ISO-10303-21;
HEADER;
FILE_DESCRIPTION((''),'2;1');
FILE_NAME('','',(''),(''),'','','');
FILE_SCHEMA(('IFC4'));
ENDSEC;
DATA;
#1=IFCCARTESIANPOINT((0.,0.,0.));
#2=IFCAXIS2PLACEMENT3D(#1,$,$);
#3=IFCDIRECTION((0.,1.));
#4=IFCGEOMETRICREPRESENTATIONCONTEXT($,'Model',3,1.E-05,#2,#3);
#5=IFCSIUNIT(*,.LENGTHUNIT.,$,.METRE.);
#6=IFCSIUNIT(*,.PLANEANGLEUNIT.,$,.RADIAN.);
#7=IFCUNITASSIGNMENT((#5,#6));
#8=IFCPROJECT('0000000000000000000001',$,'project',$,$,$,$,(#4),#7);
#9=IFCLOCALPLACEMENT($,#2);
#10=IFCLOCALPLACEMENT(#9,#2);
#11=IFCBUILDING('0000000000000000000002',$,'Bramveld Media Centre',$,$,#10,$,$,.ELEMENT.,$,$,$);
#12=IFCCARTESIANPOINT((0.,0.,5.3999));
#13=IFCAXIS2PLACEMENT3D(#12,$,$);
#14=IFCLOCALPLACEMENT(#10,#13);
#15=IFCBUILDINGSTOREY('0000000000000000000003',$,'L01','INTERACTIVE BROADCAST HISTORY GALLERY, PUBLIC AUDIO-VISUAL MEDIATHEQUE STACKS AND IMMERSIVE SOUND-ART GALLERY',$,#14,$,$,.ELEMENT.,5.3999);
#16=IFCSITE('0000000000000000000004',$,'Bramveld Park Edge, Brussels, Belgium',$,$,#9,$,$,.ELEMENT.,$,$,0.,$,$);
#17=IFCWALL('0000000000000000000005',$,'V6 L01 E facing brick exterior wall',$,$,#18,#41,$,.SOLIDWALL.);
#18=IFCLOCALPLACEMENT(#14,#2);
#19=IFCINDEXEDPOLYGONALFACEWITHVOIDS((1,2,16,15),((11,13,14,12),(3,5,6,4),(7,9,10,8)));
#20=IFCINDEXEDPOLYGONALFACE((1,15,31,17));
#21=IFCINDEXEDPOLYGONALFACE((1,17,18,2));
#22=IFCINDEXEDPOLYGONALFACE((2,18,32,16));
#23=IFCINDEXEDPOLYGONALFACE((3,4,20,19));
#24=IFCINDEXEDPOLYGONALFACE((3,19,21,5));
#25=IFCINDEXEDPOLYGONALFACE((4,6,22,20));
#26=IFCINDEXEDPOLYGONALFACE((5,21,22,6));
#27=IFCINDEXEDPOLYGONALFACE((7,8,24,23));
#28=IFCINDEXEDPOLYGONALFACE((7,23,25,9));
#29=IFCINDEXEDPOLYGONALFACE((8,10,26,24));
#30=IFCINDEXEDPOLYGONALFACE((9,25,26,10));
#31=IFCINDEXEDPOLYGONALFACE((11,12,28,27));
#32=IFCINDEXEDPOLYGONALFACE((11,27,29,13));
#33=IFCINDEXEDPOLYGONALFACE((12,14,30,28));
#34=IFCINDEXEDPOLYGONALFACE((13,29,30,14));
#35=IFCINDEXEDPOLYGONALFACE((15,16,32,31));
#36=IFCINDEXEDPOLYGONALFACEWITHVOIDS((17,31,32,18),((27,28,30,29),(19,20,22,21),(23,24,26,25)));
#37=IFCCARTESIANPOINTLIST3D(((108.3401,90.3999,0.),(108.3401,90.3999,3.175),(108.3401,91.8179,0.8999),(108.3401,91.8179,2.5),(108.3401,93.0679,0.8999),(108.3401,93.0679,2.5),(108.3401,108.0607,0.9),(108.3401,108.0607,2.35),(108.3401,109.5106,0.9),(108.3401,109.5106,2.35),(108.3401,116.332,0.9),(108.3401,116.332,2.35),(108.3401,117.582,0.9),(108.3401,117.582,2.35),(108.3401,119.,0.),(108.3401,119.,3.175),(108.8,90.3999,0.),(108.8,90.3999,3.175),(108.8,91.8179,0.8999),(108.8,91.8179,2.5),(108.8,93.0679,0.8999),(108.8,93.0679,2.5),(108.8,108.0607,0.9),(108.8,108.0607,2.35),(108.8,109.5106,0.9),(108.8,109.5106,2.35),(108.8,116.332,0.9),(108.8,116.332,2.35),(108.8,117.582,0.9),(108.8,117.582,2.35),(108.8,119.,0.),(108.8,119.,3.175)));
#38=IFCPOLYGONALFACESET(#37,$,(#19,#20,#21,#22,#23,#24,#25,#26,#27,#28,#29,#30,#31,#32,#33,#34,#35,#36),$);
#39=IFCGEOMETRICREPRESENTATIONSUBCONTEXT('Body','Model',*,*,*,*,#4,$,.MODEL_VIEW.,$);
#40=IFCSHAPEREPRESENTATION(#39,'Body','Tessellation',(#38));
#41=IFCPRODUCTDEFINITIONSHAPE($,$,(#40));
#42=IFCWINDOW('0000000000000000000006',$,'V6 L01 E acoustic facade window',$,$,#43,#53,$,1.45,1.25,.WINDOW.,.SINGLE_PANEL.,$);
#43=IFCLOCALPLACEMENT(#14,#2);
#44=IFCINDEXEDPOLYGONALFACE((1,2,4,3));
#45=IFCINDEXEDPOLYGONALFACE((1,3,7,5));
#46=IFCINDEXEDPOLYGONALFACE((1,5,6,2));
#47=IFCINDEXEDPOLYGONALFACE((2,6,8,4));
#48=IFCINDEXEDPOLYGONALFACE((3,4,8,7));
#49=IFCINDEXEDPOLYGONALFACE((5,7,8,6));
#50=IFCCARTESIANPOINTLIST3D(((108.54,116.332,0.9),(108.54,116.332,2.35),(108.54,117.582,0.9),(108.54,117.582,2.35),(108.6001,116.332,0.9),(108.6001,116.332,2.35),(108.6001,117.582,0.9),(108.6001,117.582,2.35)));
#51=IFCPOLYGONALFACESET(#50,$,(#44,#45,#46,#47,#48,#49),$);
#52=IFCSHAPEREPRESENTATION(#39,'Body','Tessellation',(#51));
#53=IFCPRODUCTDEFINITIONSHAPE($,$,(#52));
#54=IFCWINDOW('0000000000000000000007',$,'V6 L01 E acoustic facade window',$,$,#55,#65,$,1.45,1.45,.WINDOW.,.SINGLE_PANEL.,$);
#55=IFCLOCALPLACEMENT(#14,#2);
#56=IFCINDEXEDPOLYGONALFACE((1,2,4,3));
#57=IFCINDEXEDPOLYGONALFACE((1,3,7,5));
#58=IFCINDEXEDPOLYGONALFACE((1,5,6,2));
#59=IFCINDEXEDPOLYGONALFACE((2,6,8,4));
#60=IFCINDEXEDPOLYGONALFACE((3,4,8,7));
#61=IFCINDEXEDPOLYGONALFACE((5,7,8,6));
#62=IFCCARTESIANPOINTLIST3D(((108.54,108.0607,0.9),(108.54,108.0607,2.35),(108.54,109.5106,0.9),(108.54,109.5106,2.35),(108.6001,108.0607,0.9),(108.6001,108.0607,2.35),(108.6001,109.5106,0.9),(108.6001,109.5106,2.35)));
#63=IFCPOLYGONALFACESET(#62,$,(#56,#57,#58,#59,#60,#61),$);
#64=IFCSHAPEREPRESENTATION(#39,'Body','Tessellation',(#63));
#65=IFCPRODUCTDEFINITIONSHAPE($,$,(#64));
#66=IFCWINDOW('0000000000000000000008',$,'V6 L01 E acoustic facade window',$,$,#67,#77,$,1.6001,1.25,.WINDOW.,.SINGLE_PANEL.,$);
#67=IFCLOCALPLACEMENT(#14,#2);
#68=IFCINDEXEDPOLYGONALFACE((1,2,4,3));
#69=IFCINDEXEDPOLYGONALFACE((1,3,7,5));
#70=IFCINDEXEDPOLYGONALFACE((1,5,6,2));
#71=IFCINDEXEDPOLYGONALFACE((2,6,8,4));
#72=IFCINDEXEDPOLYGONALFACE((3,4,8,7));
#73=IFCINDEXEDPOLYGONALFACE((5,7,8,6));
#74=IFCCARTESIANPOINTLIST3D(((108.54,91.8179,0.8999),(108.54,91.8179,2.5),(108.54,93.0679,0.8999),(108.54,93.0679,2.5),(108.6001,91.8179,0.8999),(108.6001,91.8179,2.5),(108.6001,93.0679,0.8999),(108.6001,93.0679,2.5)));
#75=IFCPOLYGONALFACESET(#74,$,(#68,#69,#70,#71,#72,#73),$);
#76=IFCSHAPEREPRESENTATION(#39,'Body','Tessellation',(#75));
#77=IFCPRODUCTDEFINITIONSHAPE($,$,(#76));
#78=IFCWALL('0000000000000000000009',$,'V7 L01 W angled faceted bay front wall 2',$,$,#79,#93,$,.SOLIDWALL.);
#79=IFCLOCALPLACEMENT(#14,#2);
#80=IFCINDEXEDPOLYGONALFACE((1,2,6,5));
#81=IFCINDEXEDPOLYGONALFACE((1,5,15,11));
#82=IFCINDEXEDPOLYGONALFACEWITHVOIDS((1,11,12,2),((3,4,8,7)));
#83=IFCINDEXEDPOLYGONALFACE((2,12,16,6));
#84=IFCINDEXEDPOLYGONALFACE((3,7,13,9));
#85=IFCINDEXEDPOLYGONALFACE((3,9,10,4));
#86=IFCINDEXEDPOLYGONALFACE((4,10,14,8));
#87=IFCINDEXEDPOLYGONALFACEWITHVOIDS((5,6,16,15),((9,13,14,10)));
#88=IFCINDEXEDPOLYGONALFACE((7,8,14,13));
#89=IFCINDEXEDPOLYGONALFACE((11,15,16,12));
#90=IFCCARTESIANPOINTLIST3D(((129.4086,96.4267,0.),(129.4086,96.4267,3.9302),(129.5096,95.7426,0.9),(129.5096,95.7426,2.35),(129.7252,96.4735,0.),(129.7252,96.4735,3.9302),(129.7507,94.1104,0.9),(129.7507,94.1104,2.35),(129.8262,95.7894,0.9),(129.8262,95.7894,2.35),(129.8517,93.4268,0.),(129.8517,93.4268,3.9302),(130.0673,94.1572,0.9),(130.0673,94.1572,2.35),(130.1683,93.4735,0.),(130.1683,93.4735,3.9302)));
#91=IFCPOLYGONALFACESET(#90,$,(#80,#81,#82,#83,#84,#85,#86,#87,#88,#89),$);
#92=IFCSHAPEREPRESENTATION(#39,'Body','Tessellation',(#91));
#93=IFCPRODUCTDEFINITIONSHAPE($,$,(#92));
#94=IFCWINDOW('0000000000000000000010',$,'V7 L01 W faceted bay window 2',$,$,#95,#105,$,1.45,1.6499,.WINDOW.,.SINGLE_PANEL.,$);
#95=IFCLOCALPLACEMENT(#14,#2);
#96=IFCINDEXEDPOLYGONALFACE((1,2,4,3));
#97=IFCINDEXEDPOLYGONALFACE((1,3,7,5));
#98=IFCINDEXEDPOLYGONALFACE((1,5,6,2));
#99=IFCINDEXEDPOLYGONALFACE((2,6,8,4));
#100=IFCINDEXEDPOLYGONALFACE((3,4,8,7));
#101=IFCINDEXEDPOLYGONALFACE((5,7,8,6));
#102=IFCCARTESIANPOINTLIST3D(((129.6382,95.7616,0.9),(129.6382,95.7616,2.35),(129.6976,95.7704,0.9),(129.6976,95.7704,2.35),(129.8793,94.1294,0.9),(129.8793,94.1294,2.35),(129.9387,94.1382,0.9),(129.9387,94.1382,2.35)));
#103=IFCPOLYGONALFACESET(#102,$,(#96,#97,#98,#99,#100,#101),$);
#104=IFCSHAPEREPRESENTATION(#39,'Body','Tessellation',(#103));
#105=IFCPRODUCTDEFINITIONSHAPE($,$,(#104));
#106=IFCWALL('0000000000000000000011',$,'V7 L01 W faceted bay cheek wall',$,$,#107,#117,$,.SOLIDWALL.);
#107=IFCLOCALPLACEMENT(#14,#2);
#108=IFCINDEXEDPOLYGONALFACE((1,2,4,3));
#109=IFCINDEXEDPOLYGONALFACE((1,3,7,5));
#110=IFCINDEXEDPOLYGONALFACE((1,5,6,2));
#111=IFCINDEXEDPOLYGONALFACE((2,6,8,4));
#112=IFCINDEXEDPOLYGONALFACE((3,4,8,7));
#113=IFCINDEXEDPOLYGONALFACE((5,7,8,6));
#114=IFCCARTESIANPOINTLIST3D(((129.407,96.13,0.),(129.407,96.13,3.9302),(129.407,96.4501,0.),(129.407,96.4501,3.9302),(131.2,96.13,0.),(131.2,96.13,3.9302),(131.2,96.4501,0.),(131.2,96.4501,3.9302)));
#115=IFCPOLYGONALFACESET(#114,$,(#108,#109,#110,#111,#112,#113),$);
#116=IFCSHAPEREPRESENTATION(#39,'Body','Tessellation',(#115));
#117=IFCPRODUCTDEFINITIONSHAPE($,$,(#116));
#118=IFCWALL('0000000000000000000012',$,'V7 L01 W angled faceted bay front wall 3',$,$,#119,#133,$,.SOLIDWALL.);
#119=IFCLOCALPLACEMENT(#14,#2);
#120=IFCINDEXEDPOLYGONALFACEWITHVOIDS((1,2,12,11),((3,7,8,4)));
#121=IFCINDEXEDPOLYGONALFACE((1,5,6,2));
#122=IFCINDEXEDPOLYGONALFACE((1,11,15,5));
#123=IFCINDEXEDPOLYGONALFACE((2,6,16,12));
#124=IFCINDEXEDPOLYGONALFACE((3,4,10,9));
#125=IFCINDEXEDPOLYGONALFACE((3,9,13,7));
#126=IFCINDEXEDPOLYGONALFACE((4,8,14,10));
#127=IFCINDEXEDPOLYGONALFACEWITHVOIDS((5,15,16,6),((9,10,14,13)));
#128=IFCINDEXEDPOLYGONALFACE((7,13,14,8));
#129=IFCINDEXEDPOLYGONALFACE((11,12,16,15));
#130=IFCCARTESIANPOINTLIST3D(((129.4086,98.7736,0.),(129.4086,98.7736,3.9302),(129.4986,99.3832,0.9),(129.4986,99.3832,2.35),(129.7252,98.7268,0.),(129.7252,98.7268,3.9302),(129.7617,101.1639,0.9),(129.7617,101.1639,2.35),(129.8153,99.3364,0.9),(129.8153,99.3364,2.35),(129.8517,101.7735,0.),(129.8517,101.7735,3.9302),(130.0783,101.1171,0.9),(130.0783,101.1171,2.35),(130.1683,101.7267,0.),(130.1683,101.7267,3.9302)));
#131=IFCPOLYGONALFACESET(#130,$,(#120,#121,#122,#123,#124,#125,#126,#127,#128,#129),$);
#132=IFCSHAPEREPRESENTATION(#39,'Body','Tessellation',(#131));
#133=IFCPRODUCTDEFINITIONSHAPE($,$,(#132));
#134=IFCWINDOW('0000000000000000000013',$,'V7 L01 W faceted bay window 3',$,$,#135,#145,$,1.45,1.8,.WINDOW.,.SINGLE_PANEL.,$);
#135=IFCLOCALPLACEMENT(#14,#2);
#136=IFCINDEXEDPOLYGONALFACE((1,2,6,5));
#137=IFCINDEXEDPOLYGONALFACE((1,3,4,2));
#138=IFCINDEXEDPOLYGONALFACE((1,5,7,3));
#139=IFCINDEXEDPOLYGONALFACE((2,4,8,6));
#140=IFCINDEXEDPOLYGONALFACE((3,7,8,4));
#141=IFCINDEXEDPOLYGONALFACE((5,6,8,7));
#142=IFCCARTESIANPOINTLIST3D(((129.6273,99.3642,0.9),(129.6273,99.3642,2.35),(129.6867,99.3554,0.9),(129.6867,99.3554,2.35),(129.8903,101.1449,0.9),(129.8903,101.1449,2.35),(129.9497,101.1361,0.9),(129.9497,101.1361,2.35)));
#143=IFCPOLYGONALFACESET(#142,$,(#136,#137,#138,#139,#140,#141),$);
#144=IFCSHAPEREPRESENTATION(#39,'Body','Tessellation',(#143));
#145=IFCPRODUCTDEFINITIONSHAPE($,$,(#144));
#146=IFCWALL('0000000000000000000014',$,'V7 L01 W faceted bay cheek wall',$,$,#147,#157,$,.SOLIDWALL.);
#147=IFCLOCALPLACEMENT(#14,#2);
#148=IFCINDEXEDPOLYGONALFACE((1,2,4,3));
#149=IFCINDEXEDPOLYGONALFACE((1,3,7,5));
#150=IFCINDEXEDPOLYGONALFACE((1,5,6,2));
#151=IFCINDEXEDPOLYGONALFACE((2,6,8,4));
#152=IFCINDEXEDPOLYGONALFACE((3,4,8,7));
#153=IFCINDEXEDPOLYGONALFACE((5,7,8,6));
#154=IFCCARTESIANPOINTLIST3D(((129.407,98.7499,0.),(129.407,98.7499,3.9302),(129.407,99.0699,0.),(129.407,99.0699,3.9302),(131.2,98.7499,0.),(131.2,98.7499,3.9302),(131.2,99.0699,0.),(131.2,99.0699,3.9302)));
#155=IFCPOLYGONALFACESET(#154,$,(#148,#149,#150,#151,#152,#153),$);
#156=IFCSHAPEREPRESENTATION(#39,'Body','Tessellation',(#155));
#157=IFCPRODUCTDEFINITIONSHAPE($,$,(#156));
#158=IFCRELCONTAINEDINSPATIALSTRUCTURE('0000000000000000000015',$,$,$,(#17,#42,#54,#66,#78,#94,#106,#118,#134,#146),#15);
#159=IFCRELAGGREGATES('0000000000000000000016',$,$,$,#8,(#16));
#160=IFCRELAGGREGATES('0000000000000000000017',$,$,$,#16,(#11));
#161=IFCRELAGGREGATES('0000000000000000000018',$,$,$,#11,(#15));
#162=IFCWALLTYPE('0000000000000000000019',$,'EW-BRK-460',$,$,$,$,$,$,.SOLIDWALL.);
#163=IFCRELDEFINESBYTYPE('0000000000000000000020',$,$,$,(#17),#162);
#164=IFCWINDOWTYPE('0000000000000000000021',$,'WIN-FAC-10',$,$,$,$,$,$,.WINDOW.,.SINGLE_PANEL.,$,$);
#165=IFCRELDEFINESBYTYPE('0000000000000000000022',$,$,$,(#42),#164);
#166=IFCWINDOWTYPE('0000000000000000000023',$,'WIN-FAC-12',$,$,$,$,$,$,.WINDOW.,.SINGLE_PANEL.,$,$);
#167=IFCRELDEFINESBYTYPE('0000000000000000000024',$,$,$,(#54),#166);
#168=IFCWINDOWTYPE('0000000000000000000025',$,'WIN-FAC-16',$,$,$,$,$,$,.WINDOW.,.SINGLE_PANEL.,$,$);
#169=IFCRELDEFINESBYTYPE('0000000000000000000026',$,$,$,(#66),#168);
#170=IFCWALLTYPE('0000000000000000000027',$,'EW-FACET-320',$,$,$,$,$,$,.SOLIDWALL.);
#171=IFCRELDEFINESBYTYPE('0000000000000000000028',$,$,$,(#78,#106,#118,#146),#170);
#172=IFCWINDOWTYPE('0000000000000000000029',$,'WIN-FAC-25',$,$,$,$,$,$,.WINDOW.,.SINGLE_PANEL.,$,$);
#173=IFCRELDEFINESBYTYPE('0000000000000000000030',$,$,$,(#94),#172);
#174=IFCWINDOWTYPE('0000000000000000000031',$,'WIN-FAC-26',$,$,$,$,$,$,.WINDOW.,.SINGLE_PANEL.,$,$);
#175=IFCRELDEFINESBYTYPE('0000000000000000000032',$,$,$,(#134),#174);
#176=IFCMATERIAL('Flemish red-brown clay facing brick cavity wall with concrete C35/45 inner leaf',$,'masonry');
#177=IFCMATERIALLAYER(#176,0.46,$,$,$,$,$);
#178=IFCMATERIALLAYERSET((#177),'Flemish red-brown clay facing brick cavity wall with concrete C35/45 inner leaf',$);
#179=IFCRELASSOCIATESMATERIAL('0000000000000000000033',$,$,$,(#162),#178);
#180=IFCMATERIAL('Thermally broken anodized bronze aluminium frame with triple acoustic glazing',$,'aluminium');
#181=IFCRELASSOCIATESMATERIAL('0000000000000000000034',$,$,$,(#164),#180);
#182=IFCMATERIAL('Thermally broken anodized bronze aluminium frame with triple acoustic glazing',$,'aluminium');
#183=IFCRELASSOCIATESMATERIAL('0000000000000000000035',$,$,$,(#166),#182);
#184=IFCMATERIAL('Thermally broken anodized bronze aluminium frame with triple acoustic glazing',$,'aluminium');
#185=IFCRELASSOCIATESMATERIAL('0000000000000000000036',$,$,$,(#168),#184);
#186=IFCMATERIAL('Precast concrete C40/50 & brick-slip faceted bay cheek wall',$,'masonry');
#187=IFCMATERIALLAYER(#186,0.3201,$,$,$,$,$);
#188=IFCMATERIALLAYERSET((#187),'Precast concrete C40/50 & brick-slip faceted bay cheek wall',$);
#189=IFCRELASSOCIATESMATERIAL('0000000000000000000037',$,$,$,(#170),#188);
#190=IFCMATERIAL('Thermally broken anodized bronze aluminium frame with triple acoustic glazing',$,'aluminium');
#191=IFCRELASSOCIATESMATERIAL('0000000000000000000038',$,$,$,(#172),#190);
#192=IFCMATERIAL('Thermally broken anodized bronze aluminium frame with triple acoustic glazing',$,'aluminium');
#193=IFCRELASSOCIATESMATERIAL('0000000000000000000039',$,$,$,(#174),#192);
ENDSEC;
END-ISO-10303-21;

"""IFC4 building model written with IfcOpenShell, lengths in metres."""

from ifc_helpers import new_model, si_unit, direction, frame, frame_2d, origin, place, context, subcontext, project, spatial, rectangle, extrude, material, layer, layer_set, type_object, element, fill, save


model = new_model("IFC4")

# Units and contexts
model_context = context("Model", 3, precision=1e-05, world=origin(), true_north=direction((0.0, 1.0)))
body_context = subcontext(model_context, "Body", "Model", "MODEL_VIEW")
ifc_project = project(units=[si_unit("LENGTHUNIT", "METRE"), si_unit("PLANEANGLEUNIT", "RADIAN")], contexts=[model_context])

# Site, building, storey
site_placement = place(None, origin())
site = spatial("IfcSite", under=ifc_project, at=site_placement, Name="Bramveld Park Edge, Brussels, Belgium", CompositionType="ELEMENT", RefElevation=0.0)
building_placement = place(site_placement, origin())
building = spatial("IfcBuilding", under=site, at=building_placement, Name="Bramveld Media Centre", CompositionType="ELEMENT")
storey_placement = place(building_placement, frame((0.0, 0.0, 5.3999)))
storey = spatial("IfcBuildingStorey", under=building, at=storey_placement, Name="L01", Description="INTERACTIVE BROADCAST HISTORY GALLERY, PUBLIC AUDIO-VISUAL MEDIATHEQUE STACKS AND IMMERSIVE SOUND-ART GALLERY", CompositionType="ELEMENT", Elevation=5.3999)

# Wall, openings, windows
ifc_material_1 = material(Name="Flemish red-brown clay facing brick cavity wall with concrete C35/45 inner leaf", Category="masonry")
ifc_layer_1 = layer(ifc_material_1, 0.46)
ifc_layer_set_1 = layer_set([ifc_layer_1], Name="Flemish red-brown clay facing brick cavity wall with concrete C35/45 inner leaf")
wall_type_1 = type_object("IfcWallType", Name="EW-BRK-460", PredefinedType="SOLIDWALL", material=ifc_layer_set_1)
wall_1_placement = place(storey_placement, frame((108.5701, 119.0, 0.0), z_axis=(0.0, 0.0, 1.0), x_axis=(0.0, -1.0, 0.0)))
wall_1 = element("IfcWall", 1, at=wall_1_placement, inside=storey, type_object=wall_type_1, Name="V6 L01 E facing brick exterior wall", PredefinedType="SOLIDWALL", context=body_context, shape_type="SweptSolid", body=[
    extrude(rectangle(XDim=28.6001, YDim=0.46, at=frame_2d((14.3, 0.0))), origin(), (0.0, 0.0, 1.0), 3.175),
])
opening_1_placement = place(wall_1_placement, frame((1.418, 0.0, 0.8999)))
opening_1 = element("IfcOpeningElement", 2, at=opening_1_placement, cuts=wall_1, PredefinedType="OPENING", context=body_context, shape_type="SweptSolid", body=[
    extrude(rectangle(XDim=1.25, YDim=1.45, at=frame_2d((0.625, 0.7251))), frame((0.0, 0.2419, 0.0), z_axis=(0.0, -1.0, 0.0), x_axis=(1.0, 0.0, 0.0)), (0.0, 0.0, 1.0), 0.4839),
])
opening_2_placement = place(wall_1_placement, frame((9.4893, 0.0, 0.8999)))
opening_2 = element("IfcOpeningElement", 3, at=opening_2_placement, cuts=wall_1, PredefinedType="OPENING", context=body_context, shape_type="SweptSolid", body=[
    extrude(rectangle(XDim=1.45, YDim=1.45, at=frame_2d((0.7251, 0.7251))), frame((0.0, 0.2419, 0.0), z_axis=(0.0, -1.0, 0.0), x_axis=(1.0, 0.0, 0.0)), (0.0, 0.0, 1.0), 0.4839),
])
opening_3_placement = place(wall_1_placement, frame((25.9321, 0.0, 0.8999)))
opening_3 = element("IfcOpeningElement", 4, at=opening_3_placement, cuts=wall_1, PredefinedType="OPENING", context=body_context, shape_type="SweptSolid", body=[
    extrude(rectangle(XDim=1.25, YDim=1.6001, at=frame_2d((0.625, 0.8))), frame((0.0, 0.2419, 0.0), z_axis=(0.0, -1.0, 0.0), x_axis=(1.0, 0.0, 0.0)), (0.0, 0.0, 1.0), 0.4839),
])
ifc_material_2 = material(Name="Thermally broken anodized bronze aluminium frame with triple acoustic glazing", Category="aluminium")
window_type_1 = type_object("IfcWindowType", Name="WIN-FAC-10", PartitioningType="SINGLE_PANEL", PredefinedType="WINDOW", material=ifc_material_2)
window_1_placement = place(opening_1_placement, origin())
window_1 = element("IfcWindow", 5, at=window_1_placement, inside=storey, type_object=window_type_1, Name="V6 L01 E acoustic facade window", OverallHeight=1.45, OverallWidth=1.25, PartitioningType="SINGLE_PANEL", PredefinedType="WINDOW", context=body_context, shape_type="SweptSolid", body=[
    extrude(rectangle(XDim=1.25, YDim=1.45, at=frame_2d((0.625, 0.7251))), frame((0.0, 0.03, 0.0), z_axis=(0.0, -1.0, 0.0), x_axis=(1.0, 0.0, 0.0)), (0.0, 0.0, 1.0), 0.0601),
])
fill(opening_1, window_1)
ifc_material_3 = material(Name="Thermally broken anodized bronze aluminium frame with triple acoustic glazing", Category="aluminium")
window_type_2 = type_object("IfcWindowType", Name="WIN-FAC-12", PartitioningType="SINGLE_PANEL", PredefinedType="WINDOW", material=ifc_material_3)
window_2_placement = place(opening_2_placement, origin())
window_2 = element("IfcWindow", 6, at=window_2_placement, inside=storey, type_object=window_type_2, Name="V6 L01 E acoustic facade window", OverallHeight=1.45, OverallWidth=1.45, PartitioningType="SINGLE_PANEL", PredefinedType="WINDOW", context=body_context, shape_type="SweptSolid", body=[
    extrude(rectangle(XDim=1.45, YDim=1.45, at=frame_2d((0.7251, 0.7251))), frame((0.0, 0.03, 0.0), z_axis=(0.0, -1.0, 0.0), x_axis=(1.0, 0.0, 0.0)), (0.0, 0.0, 1.0), 0.0601),
])
fill(opening_2, window_2)
ifc_material_4 = material(Name="Thermally broken anodized bronze aluminium frame with triple acoustic glazing", Category="aluminium")
window_type_3 = type_object("IfcWindowType", Name="WIN-FAC-16", PartitioningType="SINGLE_PANEL", PredefinedType="WINDOW", material=ifc_material_4)
window_3_placement = place(opening_3_placement, origin())
window_3 = element("IfcWindow", 7, at=window_3_placement, inside=storey, type_object=window_type_3, Name="V6 L01 E acoustic facade window", OverallHeight=1.6001, OverallWidth=1.25, PartitioningType="SINGLE_PANEL", PredefinedType="WINDOW", context=body_context, shape_type="SweptSolid", body=[
    extrude(rectangle(XDim=1.25, YDim=1.6001, at=frame_2d((0.625, 0.8))), frame((0.0, 0.03, 0.0), z_axis=(0.0, -1.0, 0.0), x_axis=(1.0, 0.0, 0.0)), (0.0, 0.0, 1.0), 0.0601),
])
fill(opening_3, window_3)

# Wall, opening, window
ifc_material_5 = material(Name="Precast concrete C40/50 & brick-slip faceted bay cheek wall", Category="masonry")
ifc_layer_2 = layer(ifc_material_5, 0.3201)
ifc_layer_set_2 = layer_set([ifc_layer_2], Name="Precast concrete C40/50 & brick-slip faceted bay cheek wall")
wall_type_2 = type_object("IfcWallType", Name="EW-FACET-320", PredefinedType="SOLIDWALL", material=ifc_layer_set_2)
wall_2_placement = place(storey_placement, frame((129.5669, 96.45, 0.0), z_axis=(0.0, 0.0, 1.0), x_axis=(0.14612, -0.989267, 0.0)))
wall_2 = element("IfcWall", 8, at=wall_2_placement, inside=storey, type_object=wall_type_2, Name="V7 L01 W angled faceted bay front wall 2", PredefinedType="SOLIDWALL", context=body_context, shape_type="SweptSolid", body=[
    extrude(rectangle(XDim=3.0325, YDim=0.3201, at=frame_2d((1.5161, 0.0))), origin(), (0.0, 0.0, 1.0), 3.9302),
])
opening_4_placement = place(wall_2_placement, frame((0.6914, 0.0, 0.8999)))
opening_4 = element("IfcOpeningElement", 9, at=opening_4_placement, cuts=wall_2, PredefinedType="OPENING", context=body_context, shape_type="SweptSolid", body=[
    extrude(rectangle(XDim=1.6499, YDim=1.45, at=frame_2d((0.825, 0.7251))), frame((0.0, 0.1719, 0.0), z_axis=(0.0, -1.0, 0.0), x_axis=(1.0, 0.0, 0.0)), (0.0, 0.0, 1.0), 0.344),
])
ifc_material_6 = material(Name="Thermally broken anodized bronze aluminium frame with triple acoustic glazing", Category="aluminium")
window_type_4 = type_object("IfcWindowType", Name="WIN-FAC-25", PartitioningType="SINGLE_PANEL", PredefinedType="WINDOW", material=ifc_material_6)
window_4_placement = place(opening_4_placement, origin())
window_4 = element("IfcWindow", 10, at=window_4_placement, inside=storey, type_object=window_type_4, Name="V7 L01 W faceted bay window 2", OverallHeight=1.45, OverallWidth=1.6499, PartitioningType="SINGLE_PANEL", PredefinedType="WINDOW", context=body_context, shape_type="SweptSolid", body=[
    extrude(rectangle(XDim=1.6499, YDim=1.45, at=frame_2d((0.825, 0.7251))), frame((0.0, 0.03, 0.0), z_axis=(0.0, -1.0, 0.0), x_axis=(1.0, 0.0, 0.0)), (0.0, 0.0, 1.0), 0.0601),
])
fill(opening_4, window_4)

# Wall
wall_3_placement = place(storey_placement, frame((131.2, 96.29, 0.0), z_axis=(0.0, 0.0, 1.0), x_axis=(-1.0, 0.0, 0.0)))
element("IfcWall", 11, at=wall_3_placement, inside=storey, type_object=wall_type_2, Name="V7 L01 W faceted bay cheek wall", PredefinedType="SOLIDWALL", context=body_context, shape_type="SweptSolid", body=[
    extrude(rectangle(XDim=1.793, YDim=0.3201, at=frame_2d((0.8965, 0.0))), origin(), (0.0, 0.0, 1.0), 3.9302),
])

# Wall, opening, window
wall_4_placement = place(storey_placement, frame((130.01, 101.75, 0.0), z_axis=(0.0, 0.0, 1.0), x_axis=(-0.14612, -0.989267, 0.0)))
wall_4 = element("IfcWall", 12, at=wall_4_placement, inside=storey, type_object=wall_type_2, Name="V7 L01 W angled faceted bay front wall 3", PredefinedType="SOLIDWALL", context=body_context, shape_type="SweptSolid", body=[
    extrude(rectangle(XDim=3.0325, YDim=0.3201, at=frame_2d((1.5161, 0.0))), origin(), (0.0, 0.0, 1.0), 3.9302),
])
opening_5_placement = place(wall_4_placement, frame((0.6162, 0.0, 0.8999)))
opening_5 = element("IfcOpeningElement", 13, at=opening_5_placement, cuts=wall_4, PredefinedType="OPENING", context=body_context, shape_type="SweptSolid", body=[
    extrude(rectangle(XDim=1.8, YDim=1.45, at=frame_2d((0.8999, 0.7251))), frame((0.0, 0.1719, 0.0), z_axis=(0.0, -1.0, 0.0), x_axis=(1.0, 0.0, 0.0)), (0.0, 0.0, 1.0), 0.344),
])
ifc_material_7 = material(Name="Thermally broken anodized bronze aluminium frame with triple acoustic glazing", Category="aluminium")
window_type_5 = type_object("IfcWindowType", Name="WIN-FAC-26", PartitioningType="SINGLE_PANEL", PredefinedType="WINDOW", material=ifc_material_7)
window_5_placement = place(opening_5_placement, origin())
window_5 = element("IfcWindow", 14, at=window_5_placement, inside=storey, type_object=window_type_5, Name="V7 L01 W faceted bay window 3", OverallHeight=1.45, OverallWidth=1.8, PartitioningType="SINGLE_PANEL", PredefinedType="WINDOW", context=body_context, shape_type="SweptSolid", body=[
    extrude(rectangle(XDim=1.8, YDim=1.45, at=frame_2d((0.8999, 0.7251))), frame((0.0, 0.03, 0.0), z_axis=(0.0, -1.0, 0.0), x_axis=(1.0, 0.0, 0.0)), (0.0, 0.0, 1.0), 0.0601),
])
fill(opening_5, window_5)

# Wall
wall_5_placement = place(storey_placement, frame((131.2, 98.9099, 0.0), z_axis=(0.0, 0.0, 1.0), x_axis=(-1.0, 0.0, 0.0)))
element("IfcWall", 15, at=wall_5_placement, inside=storey, type_object=wall_type_2, Name="V7 L01 W faceted bay cheek wall", PredefinedType="SOLIDWALL", context=body_context, shape_type="SweptSolid", body=[
    extrude(rectangle(XDim=1.793, YDim=0.3201, at=frame_2d((0.8965, 0.0))), origin(), (0.0, 0.0, 1.0), 3.9302),
])

save(model, "model.ifc")
